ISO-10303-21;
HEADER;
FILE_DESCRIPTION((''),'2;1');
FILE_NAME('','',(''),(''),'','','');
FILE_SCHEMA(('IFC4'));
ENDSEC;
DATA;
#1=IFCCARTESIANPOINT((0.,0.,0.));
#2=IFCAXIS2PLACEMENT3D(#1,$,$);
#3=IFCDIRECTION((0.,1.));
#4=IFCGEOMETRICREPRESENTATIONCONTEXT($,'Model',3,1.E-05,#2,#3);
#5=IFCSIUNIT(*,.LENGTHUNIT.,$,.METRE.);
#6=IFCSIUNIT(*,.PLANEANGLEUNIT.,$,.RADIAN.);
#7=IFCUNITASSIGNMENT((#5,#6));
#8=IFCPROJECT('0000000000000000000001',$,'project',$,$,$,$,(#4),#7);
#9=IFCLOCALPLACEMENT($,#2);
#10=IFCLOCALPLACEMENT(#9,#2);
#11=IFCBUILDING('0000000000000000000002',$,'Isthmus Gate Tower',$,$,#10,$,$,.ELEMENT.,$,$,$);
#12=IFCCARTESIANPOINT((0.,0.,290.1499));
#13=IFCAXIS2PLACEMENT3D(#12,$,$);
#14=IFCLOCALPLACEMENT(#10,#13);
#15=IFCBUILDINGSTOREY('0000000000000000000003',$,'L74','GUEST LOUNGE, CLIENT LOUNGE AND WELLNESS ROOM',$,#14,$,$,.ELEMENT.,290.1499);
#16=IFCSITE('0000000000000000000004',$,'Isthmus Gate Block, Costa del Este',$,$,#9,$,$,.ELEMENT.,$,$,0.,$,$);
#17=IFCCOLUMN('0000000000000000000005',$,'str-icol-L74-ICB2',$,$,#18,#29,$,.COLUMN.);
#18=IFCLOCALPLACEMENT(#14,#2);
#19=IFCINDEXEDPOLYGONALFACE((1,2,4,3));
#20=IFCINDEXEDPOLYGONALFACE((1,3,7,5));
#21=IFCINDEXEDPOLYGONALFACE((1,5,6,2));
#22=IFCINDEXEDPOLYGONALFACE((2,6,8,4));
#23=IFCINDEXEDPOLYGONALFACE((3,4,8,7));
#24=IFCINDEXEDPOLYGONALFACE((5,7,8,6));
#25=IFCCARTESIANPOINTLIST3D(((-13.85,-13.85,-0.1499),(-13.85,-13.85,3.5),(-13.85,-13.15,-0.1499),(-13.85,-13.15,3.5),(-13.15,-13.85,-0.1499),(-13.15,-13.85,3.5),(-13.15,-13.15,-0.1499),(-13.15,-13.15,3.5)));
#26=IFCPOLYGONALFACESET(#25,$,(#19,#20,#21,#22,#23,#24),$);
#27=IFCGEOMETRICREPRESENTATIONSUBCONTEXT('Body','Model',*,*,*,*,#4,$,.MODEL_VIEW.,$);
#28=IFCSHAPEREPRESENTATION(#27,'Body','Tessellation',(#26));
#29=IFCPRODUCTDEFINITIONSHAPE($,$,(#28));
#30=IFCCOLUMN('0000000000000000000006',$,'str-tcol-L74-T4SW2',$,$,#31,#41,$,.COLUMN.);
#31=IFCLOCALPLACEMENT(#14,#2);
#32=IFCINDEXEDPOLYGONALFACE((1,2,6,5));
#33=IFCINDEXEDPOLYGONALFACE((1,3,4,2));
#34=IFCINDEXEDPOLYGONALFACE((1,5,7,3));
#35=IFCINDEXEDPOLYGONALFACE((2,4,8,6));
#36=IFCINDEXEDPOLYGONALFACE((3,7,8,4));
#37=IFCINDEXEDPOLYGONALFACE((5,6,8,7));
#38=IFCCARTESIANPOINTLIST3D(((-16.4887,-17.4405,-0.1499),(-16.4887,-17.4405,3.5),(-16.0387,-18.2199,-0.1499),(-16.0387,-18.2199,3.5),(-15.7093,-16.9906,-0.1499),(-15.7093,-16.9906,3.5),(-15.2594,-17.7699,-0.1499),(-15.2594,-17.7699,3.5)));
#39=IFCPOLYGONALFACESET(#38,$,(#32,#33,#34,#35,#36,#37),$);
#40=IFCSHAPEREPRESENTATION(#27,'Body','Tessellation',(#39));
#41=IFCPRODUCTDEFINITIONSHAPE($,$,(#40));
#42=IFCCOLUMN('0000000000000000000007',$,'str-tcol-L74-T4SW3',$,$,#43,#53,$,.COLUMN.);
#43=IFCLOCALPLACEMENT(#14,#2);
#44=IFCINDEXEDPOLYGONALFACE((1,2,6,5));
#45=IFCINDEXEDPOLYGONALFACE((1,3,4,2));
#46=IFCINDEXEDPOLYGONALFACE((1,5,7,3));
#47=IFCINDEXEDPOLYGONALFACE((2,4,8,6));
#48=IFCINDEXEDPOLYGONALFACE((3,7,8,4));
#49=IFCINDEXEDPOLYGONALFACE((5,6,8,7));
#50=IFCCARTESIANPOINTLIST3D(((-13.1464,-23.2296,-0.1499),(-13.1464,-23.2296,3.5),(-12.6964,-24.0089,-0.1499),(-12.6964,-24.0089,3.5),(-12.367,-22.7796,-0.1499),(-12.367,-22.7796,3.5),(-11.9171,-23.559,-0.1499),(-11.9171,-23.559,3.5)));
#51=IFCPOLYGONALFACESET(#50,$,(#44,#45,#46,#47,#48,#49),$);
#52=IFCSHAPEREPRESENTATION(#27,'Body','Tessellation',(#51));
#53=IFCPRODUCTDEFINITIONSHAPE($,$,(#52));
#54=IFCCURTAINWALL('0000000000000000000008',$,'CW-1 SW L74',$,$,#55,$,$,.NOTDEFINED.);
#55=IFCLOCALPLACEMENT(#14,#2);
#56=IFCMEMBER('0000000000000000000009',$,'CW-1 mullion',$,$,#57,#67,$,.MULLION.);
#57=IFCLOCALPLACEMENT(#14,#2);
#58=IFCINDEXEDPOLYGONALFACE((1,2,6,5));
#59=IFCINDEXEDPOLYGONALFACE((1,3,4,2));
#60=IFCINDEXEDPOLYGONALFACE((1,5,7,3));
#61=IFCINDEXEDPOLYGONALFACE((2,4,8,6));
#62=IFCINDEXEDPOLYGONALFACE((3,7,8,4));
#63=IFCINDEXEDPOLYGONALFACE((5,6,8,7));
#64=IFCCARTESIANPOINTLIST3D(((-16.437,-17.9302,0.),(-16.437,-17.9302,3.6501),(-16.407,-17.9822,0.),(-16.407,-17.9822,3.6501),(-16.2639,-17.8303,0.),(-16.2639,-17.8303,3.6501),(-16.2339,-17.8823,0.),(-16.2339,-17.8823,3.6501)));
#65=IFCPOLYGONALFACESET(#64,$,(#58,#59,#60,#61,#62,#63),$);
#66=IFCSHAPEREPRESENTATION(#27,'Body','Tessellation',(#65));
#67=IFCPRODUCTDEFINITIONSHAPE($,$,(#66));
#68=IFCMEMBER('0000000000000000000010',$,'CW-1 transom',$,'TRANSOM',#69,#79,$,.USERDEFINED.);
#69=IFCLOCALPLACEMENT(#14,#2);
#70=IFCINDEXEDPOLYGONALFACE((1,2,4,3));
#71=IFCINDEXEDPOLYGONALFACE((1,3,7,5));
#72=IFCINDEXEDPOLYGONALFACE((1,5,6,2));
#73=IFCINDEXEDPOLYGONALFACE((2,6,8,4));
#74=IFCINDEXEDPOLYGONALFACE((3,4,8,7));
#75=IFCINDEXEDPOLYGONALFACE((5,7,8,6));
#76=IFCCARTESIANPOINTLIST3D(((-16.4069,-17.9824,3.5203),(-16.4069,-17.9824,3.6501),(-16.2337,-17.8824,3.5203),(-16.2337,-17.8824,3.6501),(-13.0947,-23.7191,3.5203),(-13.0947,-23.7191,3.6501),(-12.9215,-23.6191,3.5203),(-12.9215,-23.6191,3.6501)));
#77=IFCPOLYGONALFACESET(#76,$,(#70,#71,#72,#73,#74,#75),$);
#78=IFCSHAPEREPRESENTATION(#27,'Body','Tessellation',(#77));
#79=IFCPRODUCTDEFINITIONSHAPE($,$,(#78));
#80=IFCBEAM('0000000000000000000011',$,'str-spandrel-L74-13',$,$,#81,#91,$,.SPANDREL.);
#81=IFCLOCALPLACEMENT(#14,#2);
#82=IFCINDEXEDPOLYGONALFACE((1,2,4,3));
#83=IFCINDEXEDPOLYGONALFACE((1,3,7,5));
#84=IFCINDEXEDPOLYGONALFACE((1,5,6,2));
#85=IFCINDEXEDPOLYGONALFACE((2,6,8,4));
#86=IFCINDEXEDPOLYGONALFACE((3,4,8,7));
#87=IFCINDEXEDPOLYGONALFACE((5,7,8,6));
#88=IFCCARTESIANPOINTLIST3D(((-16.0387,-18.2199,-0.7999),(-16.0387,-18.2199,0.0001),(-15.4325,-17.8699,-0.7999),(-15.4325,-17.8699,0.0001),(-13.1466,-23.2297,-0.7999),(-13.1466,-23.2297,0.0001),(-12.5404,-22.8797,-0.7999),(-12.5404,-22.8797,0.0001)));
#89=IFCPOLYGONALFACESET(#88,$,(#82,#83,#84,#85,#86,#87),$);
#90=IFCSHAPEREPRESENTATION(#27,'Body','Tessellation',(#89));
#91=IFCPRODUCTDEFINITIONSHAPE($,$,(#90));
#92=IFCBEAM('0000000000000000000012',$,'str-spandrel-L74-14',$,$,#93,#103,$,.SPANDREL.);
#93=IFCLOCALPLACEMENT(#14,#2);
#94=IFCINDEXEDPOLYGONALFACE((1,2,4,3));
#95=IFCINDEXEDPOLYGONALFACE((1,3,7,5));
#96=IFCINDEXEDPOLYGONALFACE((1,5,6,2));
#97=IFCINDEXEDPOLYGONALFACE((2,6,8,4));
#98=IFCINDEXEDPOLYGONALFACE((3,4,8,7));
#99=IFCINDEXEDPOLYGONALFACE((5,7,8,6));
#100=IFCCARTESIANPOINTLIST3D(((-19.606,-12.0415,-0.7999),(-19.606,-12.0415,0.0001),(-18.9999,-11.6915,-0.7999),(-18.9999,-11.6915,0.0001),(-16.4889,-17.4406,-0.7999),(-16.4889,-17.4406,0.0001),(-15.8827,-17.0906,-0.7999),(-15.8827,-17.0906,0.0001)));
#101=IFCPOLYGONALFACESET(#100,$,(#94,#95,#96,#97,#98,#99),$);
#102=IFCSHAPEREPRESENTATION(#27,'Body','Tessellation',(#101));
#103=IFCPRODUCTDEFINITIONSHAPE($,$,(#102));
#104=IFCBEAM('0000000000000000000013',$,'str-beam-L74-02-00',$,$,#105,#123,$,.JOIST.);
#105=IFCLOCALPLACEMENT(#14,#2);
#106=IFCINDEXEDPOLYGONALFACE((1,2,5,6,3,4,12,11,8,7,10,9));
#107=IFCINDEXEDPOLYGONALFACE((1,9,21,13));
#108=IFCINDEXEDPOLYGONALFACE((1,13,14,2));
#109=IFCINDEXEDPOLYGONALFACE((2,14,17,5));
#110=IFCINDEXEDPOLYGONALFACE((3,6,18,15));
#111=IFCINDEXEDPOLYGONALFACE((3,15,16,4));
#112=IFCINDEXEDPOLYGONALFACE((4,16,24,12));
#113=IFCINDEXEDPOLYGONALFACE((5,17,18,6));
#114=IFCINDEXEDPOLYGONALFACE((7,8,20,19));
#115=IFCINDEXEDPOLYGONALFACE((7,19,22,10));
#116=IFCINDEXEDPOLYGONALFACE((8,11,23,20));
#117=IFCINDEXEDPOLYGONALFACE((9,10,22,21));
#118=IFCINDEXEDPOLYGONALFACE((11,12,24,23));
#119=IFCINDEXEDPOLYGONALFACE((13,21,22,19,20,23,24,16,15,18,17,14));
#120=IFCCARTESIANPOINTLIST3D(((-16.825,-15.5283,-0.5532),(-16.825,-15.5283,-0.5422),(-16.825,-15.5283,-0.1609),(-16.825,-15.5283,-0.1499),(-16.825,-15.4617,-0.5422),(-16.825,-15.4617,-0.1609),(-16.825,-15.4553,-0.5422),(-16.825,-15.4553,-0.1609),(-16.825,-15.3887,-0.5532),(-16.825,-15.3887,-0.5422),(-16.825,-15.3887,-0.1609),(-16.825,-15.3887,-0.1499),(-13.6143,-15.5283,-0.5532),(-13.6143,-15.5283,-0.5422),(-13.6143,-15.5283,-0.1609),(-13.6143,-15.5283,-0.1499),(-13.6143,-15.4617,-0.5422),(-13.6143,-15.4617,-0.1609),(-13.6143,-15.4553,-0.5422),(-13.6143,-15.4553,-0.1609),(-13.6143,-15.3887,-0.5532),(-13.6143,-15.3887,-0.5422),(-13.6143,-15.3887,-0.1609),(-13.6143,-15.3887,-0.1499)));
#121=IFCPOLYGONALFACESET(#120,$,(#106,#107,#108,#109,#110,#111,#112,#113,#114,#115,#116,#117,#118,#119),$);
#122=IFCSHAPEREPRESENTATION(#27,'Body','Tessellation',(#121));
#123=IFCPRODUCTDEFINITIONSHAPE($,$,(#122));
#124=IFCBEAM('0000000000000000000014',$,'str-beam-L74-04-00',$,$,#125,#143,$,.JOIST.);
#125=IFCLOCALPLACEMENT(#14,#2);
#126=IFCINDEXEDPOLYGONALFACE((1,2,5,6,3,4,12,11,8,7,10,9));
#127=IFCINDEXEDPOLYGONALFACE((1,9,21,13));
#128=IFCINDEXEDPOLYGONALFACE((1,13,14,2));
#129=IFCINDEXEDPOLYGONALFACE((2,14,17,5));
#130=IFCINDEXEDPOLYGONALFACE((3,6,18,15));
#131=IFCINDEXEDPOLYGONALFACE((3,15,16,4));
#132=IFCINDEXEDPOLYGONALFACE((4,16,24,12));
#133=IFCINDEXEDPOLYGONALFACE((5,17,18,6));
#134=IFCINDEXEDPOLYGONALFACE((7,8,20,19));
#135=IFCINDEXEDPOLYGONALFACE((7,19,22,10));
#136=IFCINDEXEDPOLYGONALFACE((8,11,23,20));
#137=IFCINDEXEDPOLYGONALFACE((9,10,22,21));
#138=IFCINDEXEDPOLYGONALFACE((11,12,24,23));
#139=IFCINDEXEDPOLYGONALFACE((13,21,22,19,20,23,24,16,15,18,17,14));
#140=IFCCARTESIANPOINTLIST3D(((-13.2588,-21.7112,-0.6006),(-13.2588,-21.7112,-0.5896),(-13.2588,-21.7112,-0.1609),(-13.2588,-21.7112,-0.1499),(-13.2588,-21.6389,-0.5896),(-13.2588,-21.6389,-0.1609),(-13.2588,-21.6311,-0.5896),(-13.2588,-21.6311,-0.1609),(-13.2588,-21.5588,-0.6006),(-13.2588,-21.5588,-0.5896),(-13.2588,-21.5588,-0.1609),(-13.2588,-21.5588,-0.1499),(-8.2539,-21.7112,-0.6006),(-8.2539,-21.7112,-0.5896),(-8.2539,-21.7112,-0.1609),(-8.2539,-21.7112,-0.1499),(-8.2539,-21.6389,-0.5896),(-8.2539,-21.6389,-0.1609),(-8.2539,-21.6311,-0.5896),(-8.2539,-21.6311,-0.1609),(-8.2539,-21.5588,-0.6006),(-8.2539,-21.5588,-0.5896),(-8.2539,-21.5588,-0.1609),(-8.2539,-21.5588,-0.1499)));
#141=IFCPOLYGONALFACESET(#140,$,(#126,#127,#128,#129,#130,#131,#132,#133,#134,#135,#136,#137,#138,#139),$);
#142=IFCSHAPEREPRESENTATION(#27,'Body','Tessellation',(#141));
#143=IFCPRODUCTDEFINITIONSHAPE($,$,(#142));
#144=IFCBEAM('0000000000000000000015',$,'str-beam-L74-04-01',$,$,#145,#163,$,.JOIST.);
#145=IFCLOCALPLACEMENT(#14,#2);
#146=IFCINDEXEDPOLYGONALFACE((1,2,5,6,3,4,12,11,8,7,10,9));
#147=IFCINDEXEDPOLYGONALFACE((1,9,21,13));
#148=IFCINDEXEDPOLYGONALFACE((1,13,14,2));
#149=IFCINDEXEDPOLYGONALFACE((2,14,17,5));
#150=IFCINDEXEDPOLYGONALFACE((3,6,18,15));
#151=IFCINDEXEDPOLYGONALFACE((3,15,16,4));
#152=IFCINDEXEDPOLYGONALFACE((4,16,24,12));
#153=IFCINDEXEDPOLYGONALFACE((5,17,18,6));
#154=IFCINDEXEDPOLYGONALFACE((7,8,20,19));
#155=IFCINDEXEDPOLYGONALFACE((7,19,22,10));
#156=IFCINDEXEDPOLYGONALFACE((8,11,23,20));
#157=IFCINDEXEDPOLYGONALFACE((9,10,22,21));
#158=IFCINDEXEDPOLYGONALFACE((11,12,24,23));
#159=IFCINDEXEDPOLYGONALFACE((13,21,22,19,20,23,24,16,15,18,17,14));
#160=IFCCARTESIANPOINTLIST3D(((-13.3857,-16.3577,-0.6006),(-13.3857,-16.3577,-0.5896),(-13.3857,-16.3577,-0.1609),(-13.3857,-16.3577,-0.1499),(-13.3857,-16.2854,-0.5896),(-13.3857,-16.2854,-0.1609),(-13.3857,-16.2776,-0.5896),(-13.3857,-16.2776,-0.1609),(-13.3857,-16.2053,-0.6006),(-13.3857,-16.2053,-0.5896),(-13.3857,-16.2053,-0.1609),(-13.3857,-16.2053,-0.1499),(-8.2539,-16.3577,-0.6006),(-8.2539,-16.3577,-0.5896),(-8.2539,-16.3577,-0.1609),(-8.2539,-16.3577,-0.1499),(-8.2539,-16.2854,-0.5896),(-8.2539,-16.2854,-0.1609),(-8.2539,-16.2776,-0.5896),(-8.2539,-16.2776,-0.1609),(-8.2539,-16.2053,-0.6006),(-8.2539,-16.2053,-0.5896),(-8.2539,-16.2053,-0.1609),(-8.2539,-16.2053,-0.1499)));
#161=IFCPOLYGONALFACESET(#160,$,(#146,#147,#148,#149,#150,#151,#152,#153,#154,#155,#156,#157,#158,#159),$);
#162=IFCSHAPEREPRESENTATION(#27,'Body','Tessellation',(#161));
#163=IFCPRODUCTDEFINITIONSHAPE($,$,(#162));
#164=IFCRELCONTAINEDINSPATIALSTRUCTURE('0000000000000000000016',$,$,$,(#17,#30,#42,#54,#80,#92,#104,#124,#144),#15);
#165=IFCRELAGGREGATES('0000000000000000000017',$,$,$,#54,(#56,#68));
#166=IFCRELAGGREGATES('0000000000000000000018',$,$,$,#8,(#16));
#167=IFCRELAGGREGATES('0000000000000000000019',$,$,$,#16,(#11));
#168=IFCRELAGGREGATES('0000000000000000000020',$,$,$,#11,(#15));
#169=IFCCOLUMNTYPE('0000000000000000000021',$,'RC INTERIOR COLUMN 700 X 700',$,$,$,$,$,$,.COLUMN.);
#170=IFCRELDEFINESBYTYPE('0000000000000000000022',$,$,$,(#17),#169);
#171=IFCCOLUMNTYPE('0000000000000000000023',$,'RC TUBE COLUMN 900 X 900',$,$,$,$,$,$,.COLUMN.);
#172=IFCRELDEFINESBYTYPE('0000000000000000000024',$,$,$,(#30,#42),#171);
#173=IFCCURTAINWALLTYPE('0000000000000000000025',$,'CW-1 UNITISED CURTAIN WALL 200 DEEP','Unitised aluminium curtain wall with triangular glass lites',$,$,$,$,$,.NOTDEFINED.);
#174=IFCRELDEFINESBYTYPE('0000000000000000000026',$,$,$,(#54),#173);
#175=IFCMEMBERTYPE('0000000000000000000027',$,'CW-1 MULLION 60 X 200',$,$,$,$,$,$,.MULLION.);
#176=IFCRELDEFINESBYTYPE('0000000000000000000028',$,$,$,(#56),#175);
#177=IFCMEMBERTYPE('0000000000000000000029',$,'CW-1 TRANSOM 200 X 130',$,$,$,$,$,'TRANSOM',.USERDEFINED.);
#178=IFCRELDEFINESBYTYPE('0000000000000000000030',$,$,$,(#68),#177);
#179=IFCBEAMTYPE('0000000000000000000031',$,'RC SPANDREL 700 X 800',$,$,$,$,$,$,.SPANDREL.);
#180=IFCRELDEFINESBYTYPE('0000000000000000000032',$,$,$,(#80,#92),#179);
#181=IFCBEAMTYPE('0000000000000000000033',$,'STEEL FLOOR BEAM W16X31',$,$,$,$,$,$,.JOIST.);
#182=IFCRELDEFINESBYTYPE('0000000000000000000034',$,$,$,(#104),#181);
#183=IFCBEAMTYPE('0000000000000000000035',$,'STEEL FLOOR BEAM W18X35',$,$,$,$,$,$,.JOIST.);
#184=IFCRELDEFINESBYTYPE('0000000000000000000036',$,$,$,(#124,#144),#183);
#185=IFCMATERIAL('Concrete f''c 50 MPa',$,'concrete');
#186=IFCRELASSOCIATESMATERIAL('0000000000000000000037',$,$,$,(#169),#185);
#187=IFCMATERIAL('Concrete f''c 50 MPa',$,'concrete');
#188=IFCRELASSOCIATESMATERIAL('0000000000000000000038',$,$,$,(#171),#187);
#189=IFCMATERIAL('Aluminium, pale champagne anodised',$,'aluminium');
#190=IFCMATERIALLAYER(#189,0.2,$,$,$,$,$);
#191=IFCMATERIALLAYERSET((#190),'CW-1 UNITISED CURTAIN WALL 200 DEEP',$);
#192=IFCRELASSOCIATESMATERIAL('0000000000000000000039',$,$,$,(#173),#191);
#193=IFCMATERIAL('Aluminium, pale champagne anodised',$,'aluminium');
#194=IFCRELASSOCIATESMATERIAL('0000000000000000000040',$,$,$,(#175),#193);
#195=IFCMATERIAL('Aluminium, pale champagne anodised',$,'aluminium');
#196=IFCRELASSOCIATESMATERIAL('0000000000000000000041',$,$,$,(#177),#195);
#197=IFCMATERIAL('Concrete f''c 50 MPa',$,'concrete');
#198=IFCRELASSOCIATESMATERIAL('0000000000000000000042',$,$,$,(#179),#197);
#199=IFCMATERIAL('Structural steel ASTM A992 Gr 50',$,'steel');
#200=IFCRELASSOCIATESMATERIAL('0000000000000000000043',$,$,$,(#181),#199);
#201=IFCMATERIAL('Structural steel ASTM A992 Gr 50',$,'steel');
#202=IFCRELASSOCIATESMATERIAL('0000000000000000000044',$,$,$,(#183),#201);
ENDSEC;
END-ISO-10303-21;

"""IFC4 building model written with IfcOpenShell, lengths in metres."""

from ifc_helpers import new_model, si_unit, direction, frame, origin, origin_2d, place, context, subcontext, project, spatial, rectangle, i_section, extrude, material, layer, layer_set, material_profile, profile_set, type_object, element, aggregate, save


model = new_model("IFC4")

# Units and contexts
model_context = context("Model", 3, precision=1e-05, world=origin(), true_north=direction((0.0, 1.0)))
body_context = subcontext(model_context, "Body", "Model", "MODEL_VIEW")
ifc_project = project(units=[si_unit("LENGTHUNIT", "METRE"), si_unit("PLANEANGLEUNIT", "RADIAN")], contexts=[model_context])

# Site, building, storey
site_placement = place(None, origin())
site = spatial("IfcSite", under=ifc_project, at=site_placement, Name="Isthmus Gate Block, Costa del Este", CompositionType="ELEMENT", RefElevation=0.0)
building_placement = place(site_placement, origin())
building = spatial("IfcBuilding", under=site, at=building_placement, Name="Isthmus Gate Tower", CompositionType="ELEMENT")
storey_placement = place(building_placement, frame((0.0, 0.0, 290.1499)))
storey = spatial("IfcBuildingStorey", under=building, at=storey_placement, Name="L74", Description="GUEST LOUNGE, CLIENT LOUNGE AND WELLNESS ROOM", CompositionType="ELEMENT", Elevation=290.1499)

# Columns
ifc_material_1 = material(Name="Concrete f'c 50 MPa", Category="concrete")
ifc_material_profile_1 = material_profile(ifc_material_1, rectangle(XDim=0.7, YDim=0.7, at=origin_2d()), Name="RC 700X700")
ifc_profile_set_1 = profile_set([ifc_material_profile_1], Name="Concrete f'c 50 MPa")
column_type_1 = type_object("IfcColumnType", Name="RC INTERIOR COLUMN 700 X 700", PredefinedType="COLUMN", material=ifc_profile_set_1)
column_placement = place(storey_placement, frame((-13.5, -13.5, -0.1499), z_axis=(0.0, 0.0, 1.0), x_axis=(1.0, 0.0, 0.0)))
element("IfcColumn", 1, at=column_placement, inside=storey, type_object=column_type_1, Name="str-icol-L74-ICB2", PredefinedType="COLUMN", context=body_context, shape_type="SweptSolid", body=[
    extrude(rectangle(XDim=0.7, YDim=0.7, at=origin_2d()), origin(), (0.0, 0.0, 1.0), 3.6499),
])
ifc_material_2 = material(Name="Concrete f'c 50 MPa", Category="concrete")
ifc_material_profile_2 = material_profile(ifc_material_2, rectangle(XDim=0.8999, YDim=0.8999, at=origin_2d()), Name="RC 900X900")
ifc_profile_set_2 = profile_set([ifc_material_profile_2], Name="Concrete f'c 50 MPa")
column_type_2 = type_object("IfcColumnType", Name="RC TUBE COLUMN 900 X 900", PredefinedType="COLUMN", material=ifc_profile_set_2)
for number, where, z_axis, x_axis, name in (
    (2, (-15.874, -17.6052, -0.1499), (0.0, 0.0, 1.0), (0.5, -0.866025, 0.0), "str-tcol-L74-T4SW2"),
    (3, (-12.5317, -23.3943, -0.1499), (0.0, 0.0, 1.0), (0.5, -0.866025, 0.0), "str-tcol-L74-T4SW3"),
):
    element("IfcColumn", number, at=place(storey_placement, frame(where, z_axis=z_axis, x_axis=x_axis)), inside=storey, type_object=column_type_2, Name=name, PredefinedType="COLUMN", context=body_context, shape_type="SweptSolid", body=[
        extrude(rectangle(XDim=0.8999, YDim=0.8999, at=origin_2d()), origin(), (0.0, 0.0, 1.0), 3.6499),
    ])

# Curtain wall, members
ifc_material_3 = material(Name="Aluminium, pale champagne anodised", Category="aluminium")
ifc_layer_1 = layer(ifc_material_3, 0.2)
ifc_layer_set_1 = layer_set([ifc_layer_1], Name="CW-1 UNITISED CURTAIN WALL 200 DEEP")
curtain_wall_type = type_object("IfcCurtainWallType", Name="CW-1 UNITISED CURTAIN WALL 200 DEEP", Description="Unitised aluminium curtain wall with triangular glass lites", PredefinedType="NOTDEFINED", material=ifc_layer_set_1)
curtain_wall_placement = place(storey_placement, origin())
curtain_wall = element("IfcCurtainWall", 4, at=curtain_wall_placement, inside=storey, type_object=curtain_wall_type, Name="CW-1 SW L74", PredefinedType="NOTDEFINED")
ifc_material_4 = material(Name="Aluminium, pale champagne anodised", Category="aluminium")
ifc_material_profile_3 = material_profile(ifc_material_4, rectangle(XDim=0.0601, YDim=0.2, at=origin_2d()), Name="60x200")
ifc_profile_set_3 = profile_set([ifc_material_profile_3], Name="Aluminium, pale champagne anodised")
member_type_1 = type_object("IfcMemberType", Name="CW-1 MULLION 60 X 200", PredefinedType="MULLION", material=ifc_profile_set_3)
member_1_placement = place(storey_placement, frame((-16.3354, -17.9062, 0.0), z_axis=(0.0, 0.0, 1.0), x_axis=(0.5, -0.866025, 0.0)))
member_1 = element("IfcMember", 5, at=member_1_placement, type_object=member_type_1, Name="CW-1 mullion", PredefinedType="MULLION", context=body_context, shape_type="SweptSolid", body=[
    extrude(rectangle(XDim=0.0601, YDim=0.2, at=origin_2d()), origin(), (0.0, 0.0, 1.0), 3.6501),
])
ifc_material_5 = material(Name="Aluminium, pale champagne anodised", Category="aluminium")
ifc_material_profile_4 = material_profile(ifc_material_5, rectangle(XDim=0.2, YDim=0.1299, at=origin_2d()), Name="200x130")
ifc_profile_set_4 = profile_set([ifc_material_profile_4], Name="Aluminium, pale champagne anodised")
member_type_2 = type_object("IfcMemberType", Name="CW-1 TRANSOM 200 X 130", ElementType="TRANSOM", PredefinedType="USERDEFINED", material=ifc_profile_set_4)
member_2_placement = place(storey_placement, frame((-16.3203, -17.9324, 3.5852), z_axis=(0.500012, -0.866019, 0.0), x_axis=(0.866019, 0.500012, 0.0)))
member_2 = element("IfcMember", 6, at=member_2_placement, type_object=member_type_2, Name="CW-1 transom", ObjectType="TRANSOM", PredefinedType="USERDEFINED", context=body_context, shape_type="SweptSolid", body=[
    extrude(rectangle(XDim=0.2, YDim=0.1299, at=origin_2d()), origin(), (0.0, 0.0, 1.0), 6.6243),
])

# Beams
ifc_material_6 = material(Name="Concrete f'c 50 MPa", Category="concrete")
ifc_material_profile_5 = material_profile(ifc_material_6, rectangle(XDim=0.7, YDim=0.8, at=origin_2d()), Name="RC 700X800")
ifc_profile_set_5 = profile_set([ifc_material_profile_5], Name="Concrete f'c 50 MPa")
beam_type_1 = type_object("IfcBeamType", Name="RC SPANDREL 700 X 800", PredefinedType="SPANDREL", material=ifc_profile_set_5)
beam_1_placement = place(storey_placement, frame((-12.8435, -23.0547, -0.3999), z_axis=(-0.499961, 0.866048, 0.0), x_axis=(-0.866048, -0.499961, 0.0)))
element("IfcBeam", 7, at=beam_1_placement, inside=storey, type_object=beam_type_1, Name="str-spandrel-L74-13", PredefinedType="SPANDREL", context=body_context, shape_type="SweptSolid", body=[
    extrude(rectangle(XDim=0.7, YDim=0.8, at=origin_2d()), origin(), (0.0, 0.0, 1.0), 5.7847),
])
beam_2_placement = place(storey_placement, frame((-16.1858, -17.2656, -0.3999), z_axis=(-0.499997, 0.866027, 0.0), x_axis=(-0.866027, -0.499997, 0.0)))
element("IfcBeam", 8, at=beam_2_placement, inside=storey, type_object=beam_type_1, Name="str-spandrel-L74-14", PredefinedType="SPANDREL", context=body_context, shape_type="SweptSolid", body=[
    extrude(rectangle(XDim=0.7, YDim=0.8, at=origin_2d()), origin(), (0.0, 0.0, 1.0), 6.2344),
])
ifc_material_7 = material(Name="Structural steel ASTM A992 Gr 50", Category="steel")
ifc_material_profile_6 = material_profile(ifc_material_7, i_section(OverallWidth=0.1396, OverallDepth=0.4033, WebThickness=0.0063, FlangeThickness=0.011, at=origin_2d()), Name="W16X31")
ifc_profile_set_6 = profile_set([ifc_material_profile_6], Name="Structural steel ASTM A992 Gr 50")
beam_type_2 = type_object("IfcBeamType", Name="STEEL FLOOR BEAM W16X31", PredefinedType="JOIST", material=ifc_profile_set_6)
beam_3_placement = place(storey_placement, frame((-16.825, -15.4585, -0.3516), z_axis=(1.0, 0.0, 0.0), x_axis=(0.0, 1.0, 0.0)))
element("IfcBeam", 9, at=beam_3_placement, inside=storey, type_object=beam_type_2, Name="str-beam-L74-02-00", PredefinedType="JOIST", context=body_context, shape_type="SweptSolid", body=[
    extrude(i_section(OverallWidth=0.1396, OverallDepth=0.4033, WebThickness=0.0063, FlangeThickness=0.011, at=origin_2d()), origin(), (0.0, 0.0, 1.0), 3.2107),
])
ifc_material_8 = material(Name="Structural steel ASTM A992 Gr 50", Category="steel")
ifc_material_profile_7 = material_profile(ifc_material_8, i_section(OverallWidth=0.1523, OverallDepth=0.4507, WebThickness=0.0078, FlangeThickness=0.011, at=origin_2d()), Name="W18X35")
ifc_profile_set_7 = profile_set([ifc_material_profile_7], Name="Structural steel ASTM A992 Gr 50")
beam_type_3 = type_object("IfcBeamType", Name="STEEL FLOOR BEAM W18X35", PredefinedType="JOIST", material=ifc_profile_set_7)
beam_4_placement = place(storey_placement, frame((-13.2588, -21.635, -0.3752), z_axis=(1.0, 0.0, 0.0), x_axis=(0.0, 1.0, 0.0)))
element("IfcBeam", 10, at=beam_4_placement, inside=storey, type_object=beam_type_3, Name="str-beam-L74-04-00", PredefinedType="JOIST", context=body_context, shape_type="SweptSolid", body=[
    extrude(i_section(OverallWidth=0.1523, OverallDepth=0.4507, WebThickness=0.0078, FlangeThickness=0.011, at=origin_2d()), origin(), (0.0, 0.0, 1.0), 5.0049),
])
beam_5_placement = place(storey_placement, frame((-13.3857, -16.2815, -0.3752), z_axis=(1.0, 0.0, 0.0), x_axis=(0.0, 1.0, 0.0)))
element("IfcBeam", 11, at=beam_5_placement, inside=storey, type_object=beam_type_3, Name="str-beam-L74-04-01", PredefinedType="JOIST", context=body_context, shape_type="SweptSolid", body=[
    extrude(i_section(OverallWidth=0.1523, OverallDepth=0.4507, WebThickness=0.0078, FlangeThickness=0.011, at=origin_2d()), origin(), (0.0, 0.0, 1.0), 5.1318),
])

aggregate(curtain_wall, [member_1, member_2])

save(model, "model.ifc")
